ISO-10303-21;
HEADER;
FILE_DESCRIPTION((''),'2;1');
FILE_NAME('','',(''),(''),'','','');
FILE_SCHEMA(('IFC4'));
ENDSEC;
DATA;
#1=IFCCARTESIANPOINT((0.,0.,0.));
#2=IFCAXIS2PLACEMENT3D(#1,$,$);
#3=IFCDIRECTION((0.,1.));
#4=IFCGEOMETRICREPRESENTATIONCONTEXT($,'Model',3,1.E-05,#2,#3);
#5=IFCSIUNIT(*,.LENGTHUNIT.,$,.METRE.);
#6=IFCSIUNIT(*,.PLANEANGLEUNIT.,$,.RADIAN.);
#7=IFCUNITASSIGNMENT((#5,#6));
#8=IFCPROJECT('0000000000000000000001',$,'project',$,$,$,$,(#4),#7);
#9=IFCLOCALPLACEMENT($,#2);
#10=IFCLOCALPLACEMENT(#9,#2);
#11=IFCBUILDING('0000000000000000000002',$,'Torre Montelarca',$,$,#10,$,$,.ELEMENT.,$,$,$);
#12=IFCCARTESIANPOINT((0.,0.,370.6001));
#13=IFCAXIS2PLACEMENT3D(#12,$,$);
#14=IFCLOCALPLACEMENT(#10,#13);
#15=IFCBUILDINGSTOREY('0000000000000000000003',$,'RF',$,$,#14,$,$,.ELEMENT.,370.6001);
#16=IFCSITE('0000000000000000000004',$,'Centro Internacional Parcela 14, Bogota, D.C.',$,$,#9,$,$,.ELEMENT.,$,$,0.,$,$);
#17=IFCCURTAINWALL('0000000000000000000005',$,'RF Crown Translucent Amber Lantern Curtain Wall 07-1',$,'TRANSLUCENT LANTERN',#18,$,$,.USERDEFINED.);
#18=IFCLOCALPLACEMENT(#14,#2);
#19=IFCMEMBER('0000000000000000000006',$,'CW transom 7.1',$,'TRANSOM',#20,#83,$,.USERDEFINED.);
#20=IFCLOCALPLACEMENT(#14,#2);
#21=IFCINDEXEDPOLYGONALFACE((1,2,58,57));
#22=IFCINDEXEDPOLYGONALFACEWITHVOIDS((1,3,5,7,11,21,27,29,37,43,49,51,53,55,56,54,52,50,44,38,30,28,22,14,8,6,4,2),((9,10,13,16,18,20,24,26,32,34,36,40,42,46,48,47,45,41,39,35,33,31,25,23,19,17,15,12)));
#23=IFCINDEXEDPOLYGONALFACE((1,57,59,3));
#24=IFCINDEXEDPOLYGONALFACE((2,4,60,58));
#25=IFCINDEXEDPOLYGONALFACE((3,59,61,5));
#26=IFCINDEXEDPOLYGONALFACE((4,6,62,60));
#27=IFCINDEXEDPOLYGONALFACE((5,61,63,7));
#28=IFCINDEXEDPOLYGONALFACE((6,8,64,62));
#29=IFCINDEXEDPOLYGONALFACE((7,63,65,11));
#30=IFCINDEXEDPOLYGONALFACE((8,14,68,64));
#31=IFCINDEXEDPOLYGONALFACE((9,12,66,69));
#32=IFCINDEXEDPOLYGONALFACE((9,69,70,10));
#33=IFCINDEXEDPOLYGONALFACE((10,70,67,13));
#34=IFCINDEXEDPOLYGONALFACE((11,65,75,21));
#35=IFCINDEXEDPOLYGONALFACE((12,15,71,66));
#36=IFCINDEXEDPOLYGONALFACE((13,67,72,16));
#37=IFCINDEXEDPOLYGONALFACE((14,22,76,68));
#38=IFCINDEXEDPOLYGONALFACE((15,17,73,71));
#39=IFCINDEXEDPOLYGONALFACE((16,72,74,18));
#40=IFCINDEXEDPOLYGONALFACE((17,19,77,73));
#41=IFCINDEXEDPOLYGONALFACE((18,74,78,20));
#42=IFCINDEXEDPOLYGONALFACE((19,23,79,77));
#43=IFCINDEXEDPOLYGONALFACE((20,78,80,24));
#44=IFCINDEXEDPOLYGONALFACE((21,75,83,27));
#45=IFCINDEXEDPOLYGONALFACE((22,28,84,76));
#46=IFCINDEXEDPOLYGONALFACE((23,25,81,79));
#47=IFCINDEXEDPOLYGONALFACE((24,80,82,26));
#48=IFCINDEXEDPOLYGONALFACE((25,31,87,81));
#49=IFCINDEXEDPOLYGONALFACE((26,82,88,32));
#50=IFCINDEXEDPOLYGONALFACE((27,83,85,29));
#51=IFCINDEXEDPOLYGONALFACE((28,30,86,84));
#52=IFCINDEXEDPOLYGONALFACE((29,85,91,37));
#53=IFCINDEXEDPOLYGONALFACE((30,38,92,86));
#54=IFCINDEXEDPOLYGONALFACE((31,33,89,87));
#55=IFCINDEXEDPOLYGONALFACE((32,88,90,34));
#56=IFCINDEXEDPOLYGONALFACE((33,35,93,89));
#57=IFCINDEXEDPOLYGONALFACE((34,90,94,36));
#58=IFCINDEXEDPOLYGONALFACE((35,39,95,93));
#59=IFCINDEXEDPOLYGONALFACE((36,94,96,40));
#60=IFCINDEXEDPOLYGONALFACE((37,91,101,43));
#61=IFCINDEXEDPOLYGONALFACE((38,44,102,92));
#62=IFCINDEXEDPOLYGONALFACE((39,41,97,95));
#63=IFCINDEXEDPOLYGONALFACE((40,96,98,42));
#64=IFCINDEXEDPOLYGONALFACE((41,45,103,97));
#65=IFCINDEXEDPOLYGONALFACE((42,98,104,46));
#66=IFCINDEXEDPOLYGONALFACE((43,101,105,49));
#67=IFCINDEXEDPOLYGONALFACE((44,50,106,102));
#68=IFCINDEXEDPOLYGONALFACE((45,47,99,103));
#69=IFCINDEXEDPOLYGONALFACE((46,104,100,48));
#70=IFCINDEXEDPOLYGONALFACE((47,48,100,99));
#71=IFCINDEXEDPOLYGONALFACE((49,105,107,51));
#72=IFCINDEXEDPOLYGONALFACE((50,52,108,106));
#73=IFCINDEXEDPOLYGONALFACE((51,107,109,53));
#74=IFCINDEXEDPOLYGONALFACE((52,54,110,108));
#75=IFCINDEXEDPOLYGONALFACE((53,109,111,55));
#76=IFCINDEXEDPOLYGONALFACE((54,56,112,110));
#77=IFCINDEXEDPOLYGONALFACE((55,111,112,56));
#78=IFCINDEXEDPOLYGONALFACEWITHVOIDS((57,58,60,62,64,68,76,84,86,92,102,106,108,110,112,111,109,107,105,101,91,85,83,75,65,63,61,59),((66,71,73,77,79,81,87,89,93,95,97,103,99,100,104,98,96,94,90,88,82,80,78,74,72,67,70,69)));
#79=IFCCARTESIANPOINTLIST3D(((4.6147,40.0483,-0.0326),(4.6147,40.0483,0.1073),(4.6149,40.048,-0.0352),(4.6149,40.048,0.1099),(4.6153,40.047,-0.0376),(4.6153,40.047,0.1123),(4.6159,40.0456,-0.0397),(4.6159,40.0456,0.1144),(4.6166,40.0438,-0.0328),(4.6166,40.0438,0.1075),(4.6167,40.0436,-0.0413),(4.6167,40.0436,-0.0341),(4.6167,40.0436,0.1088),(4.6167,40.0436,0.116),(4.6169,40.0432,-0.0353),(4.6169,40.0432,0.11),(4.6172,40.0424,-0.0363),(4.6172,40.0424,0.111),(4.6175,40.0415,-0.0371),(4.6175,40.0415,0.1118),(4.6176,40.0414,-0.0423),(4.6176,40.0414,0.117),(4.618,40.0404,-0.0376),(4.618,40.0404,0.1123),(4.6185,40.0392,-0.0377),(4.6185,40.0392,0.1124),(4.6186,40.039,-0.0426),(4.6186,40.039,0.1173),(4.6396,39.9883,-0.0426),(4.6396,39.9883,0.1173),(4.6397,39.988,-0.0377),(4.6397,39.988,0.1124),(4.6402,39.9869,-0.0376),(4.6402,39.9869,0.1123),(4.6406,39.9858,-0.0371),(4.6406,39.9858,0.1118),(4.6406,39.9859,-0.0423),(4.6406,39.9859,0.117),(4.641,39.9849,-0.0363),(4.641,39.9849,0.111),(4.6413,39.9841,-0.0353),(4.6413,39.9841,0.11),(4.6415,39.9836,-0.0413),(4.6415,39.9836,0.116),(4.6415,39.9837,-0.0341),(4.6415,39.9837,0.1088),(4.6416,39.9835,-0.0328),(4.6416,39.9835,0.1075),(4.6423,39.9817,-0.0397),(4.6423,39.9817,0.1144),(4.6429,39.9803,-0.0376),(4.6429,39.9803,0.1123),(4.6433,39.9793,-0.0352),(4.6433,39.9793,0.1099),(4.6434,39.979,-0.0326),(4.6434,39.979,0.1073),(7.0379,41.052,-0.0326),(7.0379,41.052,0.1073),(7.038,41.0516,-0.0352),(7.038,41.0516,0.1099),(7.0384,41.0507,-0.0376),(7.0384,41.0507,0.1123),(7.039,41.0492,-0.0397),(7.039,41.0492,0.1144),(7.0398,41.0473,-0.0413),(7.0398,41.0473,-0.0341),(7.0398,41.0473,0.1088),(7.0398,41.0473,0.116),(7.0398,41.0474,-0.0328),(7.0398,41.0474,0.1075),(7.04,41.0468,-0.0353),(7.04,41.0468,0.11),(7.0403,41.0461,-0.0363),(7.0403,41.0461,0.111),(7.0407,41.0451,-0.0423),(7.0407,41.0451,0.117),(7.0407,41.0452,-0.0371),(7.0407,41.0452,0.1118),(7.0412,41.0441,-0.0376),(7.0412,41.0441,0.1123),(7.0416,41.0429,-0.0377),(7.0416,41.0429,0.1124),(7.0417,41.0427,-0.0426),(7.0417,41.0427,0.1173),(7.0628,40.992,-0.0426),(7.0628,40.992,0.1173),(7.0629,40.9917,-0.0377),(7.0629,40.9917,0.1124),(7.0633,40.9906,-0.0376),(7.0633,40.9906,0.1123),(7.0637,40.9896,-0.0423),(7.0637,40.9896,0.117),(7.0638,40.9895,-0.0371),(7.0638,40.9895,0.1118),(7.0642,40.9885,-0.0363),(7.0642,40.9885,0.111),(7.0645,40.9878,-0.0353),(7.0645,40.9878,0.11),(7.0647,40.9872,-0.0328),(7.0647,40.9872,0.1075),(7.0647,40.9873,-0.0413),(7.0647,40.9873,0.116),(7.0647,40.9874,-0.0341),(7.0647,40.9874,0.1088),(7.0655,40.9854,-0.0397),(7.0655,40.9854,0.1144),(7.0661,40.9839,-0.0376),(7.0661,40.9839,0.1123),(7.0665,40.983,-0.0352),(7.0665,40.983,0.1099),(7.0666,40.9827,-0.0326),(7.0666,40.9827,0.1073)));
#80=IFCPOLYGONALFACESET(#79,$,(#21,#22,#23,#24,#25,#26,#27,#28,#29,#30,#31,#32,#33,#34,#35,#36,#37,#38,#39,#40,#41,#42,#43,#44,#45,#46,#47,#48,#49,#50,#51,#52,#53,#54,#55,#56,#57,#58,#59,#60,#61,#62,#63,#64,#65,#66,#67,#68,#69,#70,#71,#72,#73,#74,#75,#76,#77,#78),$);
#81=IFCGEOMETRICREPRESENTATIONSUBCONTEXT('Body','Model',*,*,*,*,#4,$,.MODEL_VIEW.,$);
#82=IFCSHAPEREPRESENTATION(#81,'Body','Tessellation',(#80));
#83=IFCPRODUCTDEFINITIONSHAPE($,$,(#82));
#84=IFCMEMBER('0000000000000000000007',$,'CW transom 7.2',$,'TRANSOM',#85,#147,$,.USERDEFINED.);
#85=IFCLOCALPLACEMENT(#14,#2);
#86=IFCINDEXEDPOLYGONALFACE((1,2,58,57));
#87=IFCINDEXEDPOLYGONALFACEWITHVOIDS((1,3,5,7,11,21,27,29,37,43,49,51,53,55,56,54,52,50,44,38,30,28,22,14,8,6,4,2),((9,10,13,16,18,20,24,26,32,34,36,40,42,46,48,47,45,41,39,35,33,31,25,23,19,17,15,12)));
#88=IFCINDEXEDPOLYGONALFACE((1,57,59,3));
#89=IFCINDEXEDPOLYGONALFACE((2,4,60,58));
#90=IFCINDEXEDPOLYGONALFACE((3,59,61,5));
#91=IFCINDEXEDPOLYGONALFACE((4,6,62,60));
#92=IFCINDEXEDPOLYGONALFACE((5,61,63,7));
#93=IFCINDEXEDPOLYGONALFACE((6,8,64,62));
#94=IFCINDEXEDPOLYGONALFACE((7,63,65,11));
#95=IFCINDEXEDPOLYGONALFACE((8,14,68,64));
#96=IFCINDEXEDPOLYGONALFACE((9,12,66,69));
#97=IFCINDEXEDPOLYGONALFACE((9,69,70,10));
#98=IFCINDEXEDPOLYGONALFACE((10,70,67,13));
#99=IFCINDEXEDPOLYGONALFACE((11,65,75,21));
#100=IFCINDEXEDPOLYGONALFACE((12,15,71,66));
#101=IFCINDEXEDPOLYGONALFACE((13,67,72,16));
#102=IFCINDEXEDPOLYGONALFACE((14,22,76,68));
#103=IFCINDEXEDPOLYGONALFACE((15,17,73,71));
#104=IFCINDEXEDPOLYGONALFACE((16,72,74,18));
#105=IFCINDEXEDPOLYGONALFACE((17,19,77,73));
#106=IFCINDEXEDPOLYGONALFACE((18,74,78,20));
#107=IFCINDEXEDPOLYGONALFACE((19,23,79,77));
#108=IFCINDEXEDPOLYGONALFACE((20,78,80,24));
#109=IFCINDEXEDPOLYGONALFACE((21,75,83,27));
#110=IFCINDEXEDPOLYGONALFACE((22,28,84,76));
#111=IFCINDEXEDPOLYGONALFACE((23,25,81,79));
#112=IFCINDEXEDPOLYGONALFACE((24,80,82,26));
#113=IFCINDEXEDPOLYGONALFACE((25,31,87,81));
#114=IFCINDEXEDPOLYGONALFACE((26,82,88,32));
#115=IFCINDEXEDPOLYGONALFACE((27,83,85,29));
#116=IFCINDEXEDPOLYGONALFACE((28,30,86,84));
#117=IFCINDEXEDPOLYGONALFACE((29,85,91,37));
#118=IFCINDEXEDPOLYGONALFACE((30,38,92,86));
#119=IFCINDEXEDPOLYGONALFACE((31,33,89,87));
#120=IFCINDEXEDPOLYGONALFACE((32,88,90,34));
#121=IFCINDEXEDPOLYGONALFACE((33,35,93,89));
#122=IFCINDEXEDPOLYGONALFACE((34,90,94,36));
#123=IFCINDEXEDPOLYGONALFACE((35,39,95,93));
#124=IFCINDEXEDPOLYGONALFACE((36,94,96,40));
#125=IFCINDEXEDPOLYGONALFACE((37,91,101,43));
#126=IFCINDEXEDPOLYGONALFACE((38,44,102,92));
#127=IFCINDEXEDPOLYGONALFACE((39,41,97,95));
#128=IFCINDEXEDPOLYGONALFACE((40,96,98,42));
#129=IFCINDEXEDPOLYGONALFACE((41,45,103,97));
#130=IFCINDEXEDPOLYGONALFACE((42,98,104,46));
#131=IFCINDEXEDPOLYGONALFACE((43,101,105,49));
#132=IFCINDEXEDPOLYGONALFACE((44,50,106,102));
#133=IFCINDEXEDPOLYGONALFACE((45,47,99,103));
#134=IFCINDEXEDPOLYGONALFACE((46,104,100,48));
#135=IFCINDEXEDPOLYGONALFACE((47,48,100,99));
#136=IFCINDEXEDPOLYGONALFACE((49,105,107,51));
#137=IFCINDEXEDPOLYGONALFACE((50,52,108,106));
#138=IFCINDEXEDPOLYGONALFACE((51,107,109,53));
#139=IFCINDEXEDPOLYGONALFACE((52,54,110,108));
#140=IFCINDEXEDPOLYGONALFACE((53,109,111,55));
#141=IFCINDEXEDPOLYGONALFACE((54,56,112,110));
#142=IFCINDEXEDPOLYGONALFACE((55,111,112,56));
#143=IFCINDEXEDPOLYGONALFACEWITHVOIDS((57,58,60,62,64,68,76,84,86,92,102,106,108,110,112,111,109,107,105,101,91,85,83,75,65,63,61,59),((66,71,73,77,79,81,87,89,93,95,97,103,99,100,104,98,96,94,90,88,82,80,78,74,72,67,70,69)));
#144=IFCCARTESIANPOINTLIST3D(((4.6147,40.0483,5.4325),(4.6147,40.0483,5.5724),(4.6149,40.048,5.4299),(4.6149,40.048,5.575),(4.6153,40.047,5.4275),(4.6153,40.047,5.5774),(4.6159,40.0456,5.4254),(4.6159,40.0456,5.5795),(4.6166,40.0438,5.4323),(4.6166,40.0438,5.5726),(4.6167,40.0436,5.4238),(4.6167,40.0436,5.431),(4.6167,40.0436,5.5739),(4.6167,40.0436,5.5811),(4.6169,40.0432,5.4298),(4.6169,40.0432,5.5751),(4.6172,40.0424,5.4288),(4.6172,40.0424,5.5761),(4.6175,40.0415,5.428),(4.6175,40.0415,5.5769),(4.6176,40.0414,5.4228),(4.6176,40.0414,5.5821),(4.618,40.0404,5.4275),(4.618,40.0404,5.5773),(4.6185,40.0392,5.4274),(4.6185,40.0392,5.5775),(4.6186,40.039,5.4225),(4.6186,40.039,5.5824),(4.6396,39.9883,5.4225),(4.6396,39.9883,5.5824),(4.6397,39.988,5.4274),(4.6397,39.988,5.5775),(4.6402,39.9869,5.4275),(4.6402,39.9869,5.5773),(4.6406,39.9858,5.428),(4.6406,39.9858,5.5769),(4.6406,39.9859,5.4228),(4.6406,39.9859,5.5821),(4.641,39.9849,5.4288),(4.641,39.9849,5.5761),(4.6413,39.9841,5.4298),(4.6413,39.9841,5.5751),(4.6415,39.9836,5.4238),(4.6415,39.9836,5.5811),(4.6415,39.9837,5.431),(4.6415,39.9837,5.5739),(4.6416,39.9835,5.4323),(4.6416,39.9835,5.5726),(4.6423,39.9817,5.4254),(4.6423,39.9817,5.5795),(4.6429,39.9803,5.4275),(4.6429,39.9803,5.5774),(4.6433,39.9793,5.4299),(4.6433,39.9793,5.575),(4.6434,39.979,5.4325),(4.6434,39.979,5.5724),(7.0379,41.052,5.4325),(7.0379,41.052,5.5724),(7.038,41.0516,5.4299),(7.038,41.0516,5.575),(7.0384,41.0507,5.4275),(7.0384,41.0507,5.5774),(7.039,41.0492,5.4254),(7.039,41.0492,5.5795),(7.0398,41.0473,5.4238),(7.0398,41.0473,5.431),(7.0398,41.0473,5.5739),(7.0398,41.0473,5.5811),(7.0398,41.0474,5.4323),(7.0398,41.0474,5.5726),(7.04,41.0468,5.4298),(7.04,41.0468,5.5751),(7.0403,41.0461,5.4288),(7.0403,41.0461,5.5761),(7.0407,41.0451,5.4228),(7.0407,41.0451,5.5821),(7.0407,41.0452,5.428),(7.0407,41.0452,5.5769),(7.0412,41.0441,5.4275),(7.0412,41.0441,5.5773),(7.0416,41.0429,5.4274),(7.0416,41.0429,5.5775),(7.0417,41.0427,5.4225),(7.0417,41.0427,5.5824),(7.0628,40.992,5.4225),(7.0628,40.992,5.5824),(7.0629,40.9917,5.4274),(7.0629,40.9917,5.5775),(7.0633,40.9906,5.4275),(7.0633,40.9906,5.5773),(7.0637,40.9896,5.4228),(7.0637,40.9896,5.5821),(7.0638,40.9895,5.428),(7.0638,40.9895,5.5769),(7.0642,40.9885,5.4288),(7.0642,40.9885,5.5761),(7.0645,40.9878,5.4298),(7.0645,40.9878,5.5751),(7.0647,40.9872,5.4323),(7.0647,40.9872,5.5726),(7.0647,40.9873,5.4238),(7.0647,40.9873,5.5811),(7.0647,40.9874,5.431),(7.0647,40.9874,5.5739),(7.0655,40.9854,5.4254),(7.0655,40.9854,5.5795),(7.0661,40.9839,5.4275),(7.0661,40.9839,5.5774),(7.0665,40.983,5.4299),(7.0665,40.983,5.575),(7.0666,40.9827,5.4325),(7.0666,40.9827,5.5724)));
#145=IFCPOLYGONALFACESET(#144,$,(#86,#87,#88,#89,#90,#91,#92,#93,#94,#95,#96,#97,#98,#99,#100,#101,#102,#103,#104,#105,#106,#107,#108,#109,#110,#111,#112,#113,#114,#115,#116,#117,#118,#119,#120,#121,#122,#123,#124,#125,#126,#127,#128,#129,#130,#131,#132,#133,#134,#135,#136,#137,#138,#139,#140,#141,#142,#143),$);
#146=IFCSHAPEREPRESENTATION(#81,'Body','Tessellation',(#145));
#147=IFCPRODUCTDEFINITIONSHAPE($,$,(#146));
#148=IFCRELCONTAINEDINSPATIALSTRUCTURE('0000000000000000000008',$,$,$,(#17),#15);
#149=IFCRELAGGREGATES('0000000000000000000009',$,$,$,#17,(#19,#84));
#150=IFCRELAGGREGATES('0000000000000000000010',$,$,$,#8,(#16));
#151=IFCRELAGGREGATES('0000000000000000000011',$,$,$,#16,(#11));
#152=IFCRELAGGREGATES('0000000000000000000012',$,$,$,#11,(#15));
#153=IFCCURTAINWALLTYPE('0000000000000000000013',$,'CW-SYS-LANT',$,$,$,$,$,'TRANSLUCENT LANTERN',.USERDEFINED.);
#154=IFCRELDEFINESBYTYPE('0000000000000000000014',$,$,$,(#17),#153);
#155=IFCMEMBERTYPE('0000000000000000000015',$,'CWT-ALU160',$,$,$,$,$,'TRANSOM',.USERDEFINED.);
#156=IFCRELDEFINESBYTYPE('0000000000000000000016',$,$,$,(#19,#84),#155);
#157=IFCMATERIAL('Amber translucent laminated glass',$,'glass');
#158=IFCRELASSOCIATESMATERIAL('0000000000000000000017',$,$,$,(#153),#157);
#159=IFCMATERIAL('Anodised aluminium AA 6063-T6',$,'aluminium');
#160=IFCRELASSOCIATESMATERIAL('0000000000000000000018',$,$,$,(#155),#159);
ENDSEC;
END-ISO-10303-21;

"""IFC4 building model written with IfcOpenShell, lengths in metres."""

from ifc_helpers import new_model, si_unit, direction, frame, origin, origin_2d, place, context, subcontext, project, spatial, hollow_rectangle, extrude, source, transform, mapped, material, material_profile, profile_set, type_object, element, aggregate, save


model = new_model("IFC4")

# Units and contexts
model_context = context("Model", 3, precision=1e-05, world=origin(), true_north=direction((0.0, 1.0)))
body_context = subcontext(model_context, "Body", "Model", "MODEL_VIEW")
ifc_project = project(units=[si_unit("LENGTHUNIT", "METRE"), si_unit("PLANEANGLEUNIT", "RADIAN")], contexts=[model_context])

# Site, building, storey
site_placement = place(None, origin())
site = spatial("IfcSite", under=ifc_project, at=site_placement, Name="Centro Internacional Parcela 14, Bogota, D.C.", CompositionType="ELEMENT", RefElevation=0.0)
building_placement = place(site_placement, origin())
building = spatial("IfcBuilding", under=site, at=building_placement, Name="Torre Montelarca", CompositionType="ELEMENT")
storey_placement = place(building_placement, frame((0.0, 0.0, 370.6001)))
storey = spatial("IfcBuildingStorey", under=building, at=storey_placement, Name="RF", CompositionType="ELEMENT", Elevation=370.6001)

# Curtain wall
ifc_material_1 = material(Name="Amber translucent laminated glass", Category="glass")
curtain_wall_type = type_object("IfcCurtainWallType", Name="CW-SYS-LANT", ElementType="TRANSLUCENT LANTERN", PredefinedType="USERDEFINED", material=ifc_material_1)
curtain_wall_1_placement = place(storey_placement, origin())
curtain_wall_1 = element("IfcCurtainWall", 1, at=curtain_wall_1_placement, inside=storey, type_object=curtain_wall_type, Name="RF Crown Translucent Amber Lantern Curtain Wall 07-1", ObjectType="TRANSLUCENT LANTERN", PredefinedType="USERDEFINED")
ifc_material_2 = material(Name="Anodised aluminium AA 6063-T6", Category="aluminium")

# Members
ifc_material_profile_1 = material_profile(ifc_material_2, hollow_rectangle(XDim=0.075, YDim=0.1599, WallThickness=0.0049, InnerFilletRadius=0.0049, OuterFilletRadius=0.01, at=origin_2d()), Name="ALU75X160X5", Category="aluminium")
ifc_profile_set_1 = profile_set([ifc_material_profile_1], Name="Anodised aluminium AA 6063-T6")
member_type_1 = type_object("IfcMemberType", Name="CWT-ALU160", ElementType="TRANSOM", PredefinedType="USERDEFINED", material=ifc_profile_set_1)
shared_shape_1 = source(origin(), body_context, "Body", "SweptSolid", [
    extrude(hollow_rectangle(XDim=0.075, YDim=0.1599, WallThickness=0.0049, InnerFilletRadius=0.0049, OuterFilletRadius=0.01, at=origin_2d()), origin(), (0.0, 0.0, 1.0), 2.6228),
])
member_1_placement = place(storey_placement, frame((7.0522, 41.0173, 0.0374), z_axis=(-0.923882, -0.382678, 0.0), x_axis=(0.382678, -0.923882, 0.0)))
member_1 = element("IfcMember", 2, at=member_1_placement, type_object=member_type_1, Name="CW transom 7.1", ObjectType="TRANSOM", PredefinedType="USERDEFINED", context=body_context, shape_type="MappedRepresentation", body=[
    mapped(shared_shape_1, transform((0.0, 0.0, 0.0), scale=1.0)),
])
member_2_placement = place(storey_placement, frame((7.0522, 41.0173, 5.5024), z_axis=(-0.923882, -0.382678, 0.0), x_axis=(0.382678, -0.923882, 0.0)))
member_2 = element("IfcMember", 3, at=member_2_placement, type_object=member_type_1, Name="CW transom 7.2", ObjectType="TRANSOM", PredefinedType="USERDEFINED", context=body_context, shape_type="MappedRepresentation", body=[
    mapped(shared_shape_1, transform((0.0, 0.0, 0.0), scale=1.0)),
])

aggregate(curtain_wall_1, [member_1, member_2])

save(model, "model.ifc")
